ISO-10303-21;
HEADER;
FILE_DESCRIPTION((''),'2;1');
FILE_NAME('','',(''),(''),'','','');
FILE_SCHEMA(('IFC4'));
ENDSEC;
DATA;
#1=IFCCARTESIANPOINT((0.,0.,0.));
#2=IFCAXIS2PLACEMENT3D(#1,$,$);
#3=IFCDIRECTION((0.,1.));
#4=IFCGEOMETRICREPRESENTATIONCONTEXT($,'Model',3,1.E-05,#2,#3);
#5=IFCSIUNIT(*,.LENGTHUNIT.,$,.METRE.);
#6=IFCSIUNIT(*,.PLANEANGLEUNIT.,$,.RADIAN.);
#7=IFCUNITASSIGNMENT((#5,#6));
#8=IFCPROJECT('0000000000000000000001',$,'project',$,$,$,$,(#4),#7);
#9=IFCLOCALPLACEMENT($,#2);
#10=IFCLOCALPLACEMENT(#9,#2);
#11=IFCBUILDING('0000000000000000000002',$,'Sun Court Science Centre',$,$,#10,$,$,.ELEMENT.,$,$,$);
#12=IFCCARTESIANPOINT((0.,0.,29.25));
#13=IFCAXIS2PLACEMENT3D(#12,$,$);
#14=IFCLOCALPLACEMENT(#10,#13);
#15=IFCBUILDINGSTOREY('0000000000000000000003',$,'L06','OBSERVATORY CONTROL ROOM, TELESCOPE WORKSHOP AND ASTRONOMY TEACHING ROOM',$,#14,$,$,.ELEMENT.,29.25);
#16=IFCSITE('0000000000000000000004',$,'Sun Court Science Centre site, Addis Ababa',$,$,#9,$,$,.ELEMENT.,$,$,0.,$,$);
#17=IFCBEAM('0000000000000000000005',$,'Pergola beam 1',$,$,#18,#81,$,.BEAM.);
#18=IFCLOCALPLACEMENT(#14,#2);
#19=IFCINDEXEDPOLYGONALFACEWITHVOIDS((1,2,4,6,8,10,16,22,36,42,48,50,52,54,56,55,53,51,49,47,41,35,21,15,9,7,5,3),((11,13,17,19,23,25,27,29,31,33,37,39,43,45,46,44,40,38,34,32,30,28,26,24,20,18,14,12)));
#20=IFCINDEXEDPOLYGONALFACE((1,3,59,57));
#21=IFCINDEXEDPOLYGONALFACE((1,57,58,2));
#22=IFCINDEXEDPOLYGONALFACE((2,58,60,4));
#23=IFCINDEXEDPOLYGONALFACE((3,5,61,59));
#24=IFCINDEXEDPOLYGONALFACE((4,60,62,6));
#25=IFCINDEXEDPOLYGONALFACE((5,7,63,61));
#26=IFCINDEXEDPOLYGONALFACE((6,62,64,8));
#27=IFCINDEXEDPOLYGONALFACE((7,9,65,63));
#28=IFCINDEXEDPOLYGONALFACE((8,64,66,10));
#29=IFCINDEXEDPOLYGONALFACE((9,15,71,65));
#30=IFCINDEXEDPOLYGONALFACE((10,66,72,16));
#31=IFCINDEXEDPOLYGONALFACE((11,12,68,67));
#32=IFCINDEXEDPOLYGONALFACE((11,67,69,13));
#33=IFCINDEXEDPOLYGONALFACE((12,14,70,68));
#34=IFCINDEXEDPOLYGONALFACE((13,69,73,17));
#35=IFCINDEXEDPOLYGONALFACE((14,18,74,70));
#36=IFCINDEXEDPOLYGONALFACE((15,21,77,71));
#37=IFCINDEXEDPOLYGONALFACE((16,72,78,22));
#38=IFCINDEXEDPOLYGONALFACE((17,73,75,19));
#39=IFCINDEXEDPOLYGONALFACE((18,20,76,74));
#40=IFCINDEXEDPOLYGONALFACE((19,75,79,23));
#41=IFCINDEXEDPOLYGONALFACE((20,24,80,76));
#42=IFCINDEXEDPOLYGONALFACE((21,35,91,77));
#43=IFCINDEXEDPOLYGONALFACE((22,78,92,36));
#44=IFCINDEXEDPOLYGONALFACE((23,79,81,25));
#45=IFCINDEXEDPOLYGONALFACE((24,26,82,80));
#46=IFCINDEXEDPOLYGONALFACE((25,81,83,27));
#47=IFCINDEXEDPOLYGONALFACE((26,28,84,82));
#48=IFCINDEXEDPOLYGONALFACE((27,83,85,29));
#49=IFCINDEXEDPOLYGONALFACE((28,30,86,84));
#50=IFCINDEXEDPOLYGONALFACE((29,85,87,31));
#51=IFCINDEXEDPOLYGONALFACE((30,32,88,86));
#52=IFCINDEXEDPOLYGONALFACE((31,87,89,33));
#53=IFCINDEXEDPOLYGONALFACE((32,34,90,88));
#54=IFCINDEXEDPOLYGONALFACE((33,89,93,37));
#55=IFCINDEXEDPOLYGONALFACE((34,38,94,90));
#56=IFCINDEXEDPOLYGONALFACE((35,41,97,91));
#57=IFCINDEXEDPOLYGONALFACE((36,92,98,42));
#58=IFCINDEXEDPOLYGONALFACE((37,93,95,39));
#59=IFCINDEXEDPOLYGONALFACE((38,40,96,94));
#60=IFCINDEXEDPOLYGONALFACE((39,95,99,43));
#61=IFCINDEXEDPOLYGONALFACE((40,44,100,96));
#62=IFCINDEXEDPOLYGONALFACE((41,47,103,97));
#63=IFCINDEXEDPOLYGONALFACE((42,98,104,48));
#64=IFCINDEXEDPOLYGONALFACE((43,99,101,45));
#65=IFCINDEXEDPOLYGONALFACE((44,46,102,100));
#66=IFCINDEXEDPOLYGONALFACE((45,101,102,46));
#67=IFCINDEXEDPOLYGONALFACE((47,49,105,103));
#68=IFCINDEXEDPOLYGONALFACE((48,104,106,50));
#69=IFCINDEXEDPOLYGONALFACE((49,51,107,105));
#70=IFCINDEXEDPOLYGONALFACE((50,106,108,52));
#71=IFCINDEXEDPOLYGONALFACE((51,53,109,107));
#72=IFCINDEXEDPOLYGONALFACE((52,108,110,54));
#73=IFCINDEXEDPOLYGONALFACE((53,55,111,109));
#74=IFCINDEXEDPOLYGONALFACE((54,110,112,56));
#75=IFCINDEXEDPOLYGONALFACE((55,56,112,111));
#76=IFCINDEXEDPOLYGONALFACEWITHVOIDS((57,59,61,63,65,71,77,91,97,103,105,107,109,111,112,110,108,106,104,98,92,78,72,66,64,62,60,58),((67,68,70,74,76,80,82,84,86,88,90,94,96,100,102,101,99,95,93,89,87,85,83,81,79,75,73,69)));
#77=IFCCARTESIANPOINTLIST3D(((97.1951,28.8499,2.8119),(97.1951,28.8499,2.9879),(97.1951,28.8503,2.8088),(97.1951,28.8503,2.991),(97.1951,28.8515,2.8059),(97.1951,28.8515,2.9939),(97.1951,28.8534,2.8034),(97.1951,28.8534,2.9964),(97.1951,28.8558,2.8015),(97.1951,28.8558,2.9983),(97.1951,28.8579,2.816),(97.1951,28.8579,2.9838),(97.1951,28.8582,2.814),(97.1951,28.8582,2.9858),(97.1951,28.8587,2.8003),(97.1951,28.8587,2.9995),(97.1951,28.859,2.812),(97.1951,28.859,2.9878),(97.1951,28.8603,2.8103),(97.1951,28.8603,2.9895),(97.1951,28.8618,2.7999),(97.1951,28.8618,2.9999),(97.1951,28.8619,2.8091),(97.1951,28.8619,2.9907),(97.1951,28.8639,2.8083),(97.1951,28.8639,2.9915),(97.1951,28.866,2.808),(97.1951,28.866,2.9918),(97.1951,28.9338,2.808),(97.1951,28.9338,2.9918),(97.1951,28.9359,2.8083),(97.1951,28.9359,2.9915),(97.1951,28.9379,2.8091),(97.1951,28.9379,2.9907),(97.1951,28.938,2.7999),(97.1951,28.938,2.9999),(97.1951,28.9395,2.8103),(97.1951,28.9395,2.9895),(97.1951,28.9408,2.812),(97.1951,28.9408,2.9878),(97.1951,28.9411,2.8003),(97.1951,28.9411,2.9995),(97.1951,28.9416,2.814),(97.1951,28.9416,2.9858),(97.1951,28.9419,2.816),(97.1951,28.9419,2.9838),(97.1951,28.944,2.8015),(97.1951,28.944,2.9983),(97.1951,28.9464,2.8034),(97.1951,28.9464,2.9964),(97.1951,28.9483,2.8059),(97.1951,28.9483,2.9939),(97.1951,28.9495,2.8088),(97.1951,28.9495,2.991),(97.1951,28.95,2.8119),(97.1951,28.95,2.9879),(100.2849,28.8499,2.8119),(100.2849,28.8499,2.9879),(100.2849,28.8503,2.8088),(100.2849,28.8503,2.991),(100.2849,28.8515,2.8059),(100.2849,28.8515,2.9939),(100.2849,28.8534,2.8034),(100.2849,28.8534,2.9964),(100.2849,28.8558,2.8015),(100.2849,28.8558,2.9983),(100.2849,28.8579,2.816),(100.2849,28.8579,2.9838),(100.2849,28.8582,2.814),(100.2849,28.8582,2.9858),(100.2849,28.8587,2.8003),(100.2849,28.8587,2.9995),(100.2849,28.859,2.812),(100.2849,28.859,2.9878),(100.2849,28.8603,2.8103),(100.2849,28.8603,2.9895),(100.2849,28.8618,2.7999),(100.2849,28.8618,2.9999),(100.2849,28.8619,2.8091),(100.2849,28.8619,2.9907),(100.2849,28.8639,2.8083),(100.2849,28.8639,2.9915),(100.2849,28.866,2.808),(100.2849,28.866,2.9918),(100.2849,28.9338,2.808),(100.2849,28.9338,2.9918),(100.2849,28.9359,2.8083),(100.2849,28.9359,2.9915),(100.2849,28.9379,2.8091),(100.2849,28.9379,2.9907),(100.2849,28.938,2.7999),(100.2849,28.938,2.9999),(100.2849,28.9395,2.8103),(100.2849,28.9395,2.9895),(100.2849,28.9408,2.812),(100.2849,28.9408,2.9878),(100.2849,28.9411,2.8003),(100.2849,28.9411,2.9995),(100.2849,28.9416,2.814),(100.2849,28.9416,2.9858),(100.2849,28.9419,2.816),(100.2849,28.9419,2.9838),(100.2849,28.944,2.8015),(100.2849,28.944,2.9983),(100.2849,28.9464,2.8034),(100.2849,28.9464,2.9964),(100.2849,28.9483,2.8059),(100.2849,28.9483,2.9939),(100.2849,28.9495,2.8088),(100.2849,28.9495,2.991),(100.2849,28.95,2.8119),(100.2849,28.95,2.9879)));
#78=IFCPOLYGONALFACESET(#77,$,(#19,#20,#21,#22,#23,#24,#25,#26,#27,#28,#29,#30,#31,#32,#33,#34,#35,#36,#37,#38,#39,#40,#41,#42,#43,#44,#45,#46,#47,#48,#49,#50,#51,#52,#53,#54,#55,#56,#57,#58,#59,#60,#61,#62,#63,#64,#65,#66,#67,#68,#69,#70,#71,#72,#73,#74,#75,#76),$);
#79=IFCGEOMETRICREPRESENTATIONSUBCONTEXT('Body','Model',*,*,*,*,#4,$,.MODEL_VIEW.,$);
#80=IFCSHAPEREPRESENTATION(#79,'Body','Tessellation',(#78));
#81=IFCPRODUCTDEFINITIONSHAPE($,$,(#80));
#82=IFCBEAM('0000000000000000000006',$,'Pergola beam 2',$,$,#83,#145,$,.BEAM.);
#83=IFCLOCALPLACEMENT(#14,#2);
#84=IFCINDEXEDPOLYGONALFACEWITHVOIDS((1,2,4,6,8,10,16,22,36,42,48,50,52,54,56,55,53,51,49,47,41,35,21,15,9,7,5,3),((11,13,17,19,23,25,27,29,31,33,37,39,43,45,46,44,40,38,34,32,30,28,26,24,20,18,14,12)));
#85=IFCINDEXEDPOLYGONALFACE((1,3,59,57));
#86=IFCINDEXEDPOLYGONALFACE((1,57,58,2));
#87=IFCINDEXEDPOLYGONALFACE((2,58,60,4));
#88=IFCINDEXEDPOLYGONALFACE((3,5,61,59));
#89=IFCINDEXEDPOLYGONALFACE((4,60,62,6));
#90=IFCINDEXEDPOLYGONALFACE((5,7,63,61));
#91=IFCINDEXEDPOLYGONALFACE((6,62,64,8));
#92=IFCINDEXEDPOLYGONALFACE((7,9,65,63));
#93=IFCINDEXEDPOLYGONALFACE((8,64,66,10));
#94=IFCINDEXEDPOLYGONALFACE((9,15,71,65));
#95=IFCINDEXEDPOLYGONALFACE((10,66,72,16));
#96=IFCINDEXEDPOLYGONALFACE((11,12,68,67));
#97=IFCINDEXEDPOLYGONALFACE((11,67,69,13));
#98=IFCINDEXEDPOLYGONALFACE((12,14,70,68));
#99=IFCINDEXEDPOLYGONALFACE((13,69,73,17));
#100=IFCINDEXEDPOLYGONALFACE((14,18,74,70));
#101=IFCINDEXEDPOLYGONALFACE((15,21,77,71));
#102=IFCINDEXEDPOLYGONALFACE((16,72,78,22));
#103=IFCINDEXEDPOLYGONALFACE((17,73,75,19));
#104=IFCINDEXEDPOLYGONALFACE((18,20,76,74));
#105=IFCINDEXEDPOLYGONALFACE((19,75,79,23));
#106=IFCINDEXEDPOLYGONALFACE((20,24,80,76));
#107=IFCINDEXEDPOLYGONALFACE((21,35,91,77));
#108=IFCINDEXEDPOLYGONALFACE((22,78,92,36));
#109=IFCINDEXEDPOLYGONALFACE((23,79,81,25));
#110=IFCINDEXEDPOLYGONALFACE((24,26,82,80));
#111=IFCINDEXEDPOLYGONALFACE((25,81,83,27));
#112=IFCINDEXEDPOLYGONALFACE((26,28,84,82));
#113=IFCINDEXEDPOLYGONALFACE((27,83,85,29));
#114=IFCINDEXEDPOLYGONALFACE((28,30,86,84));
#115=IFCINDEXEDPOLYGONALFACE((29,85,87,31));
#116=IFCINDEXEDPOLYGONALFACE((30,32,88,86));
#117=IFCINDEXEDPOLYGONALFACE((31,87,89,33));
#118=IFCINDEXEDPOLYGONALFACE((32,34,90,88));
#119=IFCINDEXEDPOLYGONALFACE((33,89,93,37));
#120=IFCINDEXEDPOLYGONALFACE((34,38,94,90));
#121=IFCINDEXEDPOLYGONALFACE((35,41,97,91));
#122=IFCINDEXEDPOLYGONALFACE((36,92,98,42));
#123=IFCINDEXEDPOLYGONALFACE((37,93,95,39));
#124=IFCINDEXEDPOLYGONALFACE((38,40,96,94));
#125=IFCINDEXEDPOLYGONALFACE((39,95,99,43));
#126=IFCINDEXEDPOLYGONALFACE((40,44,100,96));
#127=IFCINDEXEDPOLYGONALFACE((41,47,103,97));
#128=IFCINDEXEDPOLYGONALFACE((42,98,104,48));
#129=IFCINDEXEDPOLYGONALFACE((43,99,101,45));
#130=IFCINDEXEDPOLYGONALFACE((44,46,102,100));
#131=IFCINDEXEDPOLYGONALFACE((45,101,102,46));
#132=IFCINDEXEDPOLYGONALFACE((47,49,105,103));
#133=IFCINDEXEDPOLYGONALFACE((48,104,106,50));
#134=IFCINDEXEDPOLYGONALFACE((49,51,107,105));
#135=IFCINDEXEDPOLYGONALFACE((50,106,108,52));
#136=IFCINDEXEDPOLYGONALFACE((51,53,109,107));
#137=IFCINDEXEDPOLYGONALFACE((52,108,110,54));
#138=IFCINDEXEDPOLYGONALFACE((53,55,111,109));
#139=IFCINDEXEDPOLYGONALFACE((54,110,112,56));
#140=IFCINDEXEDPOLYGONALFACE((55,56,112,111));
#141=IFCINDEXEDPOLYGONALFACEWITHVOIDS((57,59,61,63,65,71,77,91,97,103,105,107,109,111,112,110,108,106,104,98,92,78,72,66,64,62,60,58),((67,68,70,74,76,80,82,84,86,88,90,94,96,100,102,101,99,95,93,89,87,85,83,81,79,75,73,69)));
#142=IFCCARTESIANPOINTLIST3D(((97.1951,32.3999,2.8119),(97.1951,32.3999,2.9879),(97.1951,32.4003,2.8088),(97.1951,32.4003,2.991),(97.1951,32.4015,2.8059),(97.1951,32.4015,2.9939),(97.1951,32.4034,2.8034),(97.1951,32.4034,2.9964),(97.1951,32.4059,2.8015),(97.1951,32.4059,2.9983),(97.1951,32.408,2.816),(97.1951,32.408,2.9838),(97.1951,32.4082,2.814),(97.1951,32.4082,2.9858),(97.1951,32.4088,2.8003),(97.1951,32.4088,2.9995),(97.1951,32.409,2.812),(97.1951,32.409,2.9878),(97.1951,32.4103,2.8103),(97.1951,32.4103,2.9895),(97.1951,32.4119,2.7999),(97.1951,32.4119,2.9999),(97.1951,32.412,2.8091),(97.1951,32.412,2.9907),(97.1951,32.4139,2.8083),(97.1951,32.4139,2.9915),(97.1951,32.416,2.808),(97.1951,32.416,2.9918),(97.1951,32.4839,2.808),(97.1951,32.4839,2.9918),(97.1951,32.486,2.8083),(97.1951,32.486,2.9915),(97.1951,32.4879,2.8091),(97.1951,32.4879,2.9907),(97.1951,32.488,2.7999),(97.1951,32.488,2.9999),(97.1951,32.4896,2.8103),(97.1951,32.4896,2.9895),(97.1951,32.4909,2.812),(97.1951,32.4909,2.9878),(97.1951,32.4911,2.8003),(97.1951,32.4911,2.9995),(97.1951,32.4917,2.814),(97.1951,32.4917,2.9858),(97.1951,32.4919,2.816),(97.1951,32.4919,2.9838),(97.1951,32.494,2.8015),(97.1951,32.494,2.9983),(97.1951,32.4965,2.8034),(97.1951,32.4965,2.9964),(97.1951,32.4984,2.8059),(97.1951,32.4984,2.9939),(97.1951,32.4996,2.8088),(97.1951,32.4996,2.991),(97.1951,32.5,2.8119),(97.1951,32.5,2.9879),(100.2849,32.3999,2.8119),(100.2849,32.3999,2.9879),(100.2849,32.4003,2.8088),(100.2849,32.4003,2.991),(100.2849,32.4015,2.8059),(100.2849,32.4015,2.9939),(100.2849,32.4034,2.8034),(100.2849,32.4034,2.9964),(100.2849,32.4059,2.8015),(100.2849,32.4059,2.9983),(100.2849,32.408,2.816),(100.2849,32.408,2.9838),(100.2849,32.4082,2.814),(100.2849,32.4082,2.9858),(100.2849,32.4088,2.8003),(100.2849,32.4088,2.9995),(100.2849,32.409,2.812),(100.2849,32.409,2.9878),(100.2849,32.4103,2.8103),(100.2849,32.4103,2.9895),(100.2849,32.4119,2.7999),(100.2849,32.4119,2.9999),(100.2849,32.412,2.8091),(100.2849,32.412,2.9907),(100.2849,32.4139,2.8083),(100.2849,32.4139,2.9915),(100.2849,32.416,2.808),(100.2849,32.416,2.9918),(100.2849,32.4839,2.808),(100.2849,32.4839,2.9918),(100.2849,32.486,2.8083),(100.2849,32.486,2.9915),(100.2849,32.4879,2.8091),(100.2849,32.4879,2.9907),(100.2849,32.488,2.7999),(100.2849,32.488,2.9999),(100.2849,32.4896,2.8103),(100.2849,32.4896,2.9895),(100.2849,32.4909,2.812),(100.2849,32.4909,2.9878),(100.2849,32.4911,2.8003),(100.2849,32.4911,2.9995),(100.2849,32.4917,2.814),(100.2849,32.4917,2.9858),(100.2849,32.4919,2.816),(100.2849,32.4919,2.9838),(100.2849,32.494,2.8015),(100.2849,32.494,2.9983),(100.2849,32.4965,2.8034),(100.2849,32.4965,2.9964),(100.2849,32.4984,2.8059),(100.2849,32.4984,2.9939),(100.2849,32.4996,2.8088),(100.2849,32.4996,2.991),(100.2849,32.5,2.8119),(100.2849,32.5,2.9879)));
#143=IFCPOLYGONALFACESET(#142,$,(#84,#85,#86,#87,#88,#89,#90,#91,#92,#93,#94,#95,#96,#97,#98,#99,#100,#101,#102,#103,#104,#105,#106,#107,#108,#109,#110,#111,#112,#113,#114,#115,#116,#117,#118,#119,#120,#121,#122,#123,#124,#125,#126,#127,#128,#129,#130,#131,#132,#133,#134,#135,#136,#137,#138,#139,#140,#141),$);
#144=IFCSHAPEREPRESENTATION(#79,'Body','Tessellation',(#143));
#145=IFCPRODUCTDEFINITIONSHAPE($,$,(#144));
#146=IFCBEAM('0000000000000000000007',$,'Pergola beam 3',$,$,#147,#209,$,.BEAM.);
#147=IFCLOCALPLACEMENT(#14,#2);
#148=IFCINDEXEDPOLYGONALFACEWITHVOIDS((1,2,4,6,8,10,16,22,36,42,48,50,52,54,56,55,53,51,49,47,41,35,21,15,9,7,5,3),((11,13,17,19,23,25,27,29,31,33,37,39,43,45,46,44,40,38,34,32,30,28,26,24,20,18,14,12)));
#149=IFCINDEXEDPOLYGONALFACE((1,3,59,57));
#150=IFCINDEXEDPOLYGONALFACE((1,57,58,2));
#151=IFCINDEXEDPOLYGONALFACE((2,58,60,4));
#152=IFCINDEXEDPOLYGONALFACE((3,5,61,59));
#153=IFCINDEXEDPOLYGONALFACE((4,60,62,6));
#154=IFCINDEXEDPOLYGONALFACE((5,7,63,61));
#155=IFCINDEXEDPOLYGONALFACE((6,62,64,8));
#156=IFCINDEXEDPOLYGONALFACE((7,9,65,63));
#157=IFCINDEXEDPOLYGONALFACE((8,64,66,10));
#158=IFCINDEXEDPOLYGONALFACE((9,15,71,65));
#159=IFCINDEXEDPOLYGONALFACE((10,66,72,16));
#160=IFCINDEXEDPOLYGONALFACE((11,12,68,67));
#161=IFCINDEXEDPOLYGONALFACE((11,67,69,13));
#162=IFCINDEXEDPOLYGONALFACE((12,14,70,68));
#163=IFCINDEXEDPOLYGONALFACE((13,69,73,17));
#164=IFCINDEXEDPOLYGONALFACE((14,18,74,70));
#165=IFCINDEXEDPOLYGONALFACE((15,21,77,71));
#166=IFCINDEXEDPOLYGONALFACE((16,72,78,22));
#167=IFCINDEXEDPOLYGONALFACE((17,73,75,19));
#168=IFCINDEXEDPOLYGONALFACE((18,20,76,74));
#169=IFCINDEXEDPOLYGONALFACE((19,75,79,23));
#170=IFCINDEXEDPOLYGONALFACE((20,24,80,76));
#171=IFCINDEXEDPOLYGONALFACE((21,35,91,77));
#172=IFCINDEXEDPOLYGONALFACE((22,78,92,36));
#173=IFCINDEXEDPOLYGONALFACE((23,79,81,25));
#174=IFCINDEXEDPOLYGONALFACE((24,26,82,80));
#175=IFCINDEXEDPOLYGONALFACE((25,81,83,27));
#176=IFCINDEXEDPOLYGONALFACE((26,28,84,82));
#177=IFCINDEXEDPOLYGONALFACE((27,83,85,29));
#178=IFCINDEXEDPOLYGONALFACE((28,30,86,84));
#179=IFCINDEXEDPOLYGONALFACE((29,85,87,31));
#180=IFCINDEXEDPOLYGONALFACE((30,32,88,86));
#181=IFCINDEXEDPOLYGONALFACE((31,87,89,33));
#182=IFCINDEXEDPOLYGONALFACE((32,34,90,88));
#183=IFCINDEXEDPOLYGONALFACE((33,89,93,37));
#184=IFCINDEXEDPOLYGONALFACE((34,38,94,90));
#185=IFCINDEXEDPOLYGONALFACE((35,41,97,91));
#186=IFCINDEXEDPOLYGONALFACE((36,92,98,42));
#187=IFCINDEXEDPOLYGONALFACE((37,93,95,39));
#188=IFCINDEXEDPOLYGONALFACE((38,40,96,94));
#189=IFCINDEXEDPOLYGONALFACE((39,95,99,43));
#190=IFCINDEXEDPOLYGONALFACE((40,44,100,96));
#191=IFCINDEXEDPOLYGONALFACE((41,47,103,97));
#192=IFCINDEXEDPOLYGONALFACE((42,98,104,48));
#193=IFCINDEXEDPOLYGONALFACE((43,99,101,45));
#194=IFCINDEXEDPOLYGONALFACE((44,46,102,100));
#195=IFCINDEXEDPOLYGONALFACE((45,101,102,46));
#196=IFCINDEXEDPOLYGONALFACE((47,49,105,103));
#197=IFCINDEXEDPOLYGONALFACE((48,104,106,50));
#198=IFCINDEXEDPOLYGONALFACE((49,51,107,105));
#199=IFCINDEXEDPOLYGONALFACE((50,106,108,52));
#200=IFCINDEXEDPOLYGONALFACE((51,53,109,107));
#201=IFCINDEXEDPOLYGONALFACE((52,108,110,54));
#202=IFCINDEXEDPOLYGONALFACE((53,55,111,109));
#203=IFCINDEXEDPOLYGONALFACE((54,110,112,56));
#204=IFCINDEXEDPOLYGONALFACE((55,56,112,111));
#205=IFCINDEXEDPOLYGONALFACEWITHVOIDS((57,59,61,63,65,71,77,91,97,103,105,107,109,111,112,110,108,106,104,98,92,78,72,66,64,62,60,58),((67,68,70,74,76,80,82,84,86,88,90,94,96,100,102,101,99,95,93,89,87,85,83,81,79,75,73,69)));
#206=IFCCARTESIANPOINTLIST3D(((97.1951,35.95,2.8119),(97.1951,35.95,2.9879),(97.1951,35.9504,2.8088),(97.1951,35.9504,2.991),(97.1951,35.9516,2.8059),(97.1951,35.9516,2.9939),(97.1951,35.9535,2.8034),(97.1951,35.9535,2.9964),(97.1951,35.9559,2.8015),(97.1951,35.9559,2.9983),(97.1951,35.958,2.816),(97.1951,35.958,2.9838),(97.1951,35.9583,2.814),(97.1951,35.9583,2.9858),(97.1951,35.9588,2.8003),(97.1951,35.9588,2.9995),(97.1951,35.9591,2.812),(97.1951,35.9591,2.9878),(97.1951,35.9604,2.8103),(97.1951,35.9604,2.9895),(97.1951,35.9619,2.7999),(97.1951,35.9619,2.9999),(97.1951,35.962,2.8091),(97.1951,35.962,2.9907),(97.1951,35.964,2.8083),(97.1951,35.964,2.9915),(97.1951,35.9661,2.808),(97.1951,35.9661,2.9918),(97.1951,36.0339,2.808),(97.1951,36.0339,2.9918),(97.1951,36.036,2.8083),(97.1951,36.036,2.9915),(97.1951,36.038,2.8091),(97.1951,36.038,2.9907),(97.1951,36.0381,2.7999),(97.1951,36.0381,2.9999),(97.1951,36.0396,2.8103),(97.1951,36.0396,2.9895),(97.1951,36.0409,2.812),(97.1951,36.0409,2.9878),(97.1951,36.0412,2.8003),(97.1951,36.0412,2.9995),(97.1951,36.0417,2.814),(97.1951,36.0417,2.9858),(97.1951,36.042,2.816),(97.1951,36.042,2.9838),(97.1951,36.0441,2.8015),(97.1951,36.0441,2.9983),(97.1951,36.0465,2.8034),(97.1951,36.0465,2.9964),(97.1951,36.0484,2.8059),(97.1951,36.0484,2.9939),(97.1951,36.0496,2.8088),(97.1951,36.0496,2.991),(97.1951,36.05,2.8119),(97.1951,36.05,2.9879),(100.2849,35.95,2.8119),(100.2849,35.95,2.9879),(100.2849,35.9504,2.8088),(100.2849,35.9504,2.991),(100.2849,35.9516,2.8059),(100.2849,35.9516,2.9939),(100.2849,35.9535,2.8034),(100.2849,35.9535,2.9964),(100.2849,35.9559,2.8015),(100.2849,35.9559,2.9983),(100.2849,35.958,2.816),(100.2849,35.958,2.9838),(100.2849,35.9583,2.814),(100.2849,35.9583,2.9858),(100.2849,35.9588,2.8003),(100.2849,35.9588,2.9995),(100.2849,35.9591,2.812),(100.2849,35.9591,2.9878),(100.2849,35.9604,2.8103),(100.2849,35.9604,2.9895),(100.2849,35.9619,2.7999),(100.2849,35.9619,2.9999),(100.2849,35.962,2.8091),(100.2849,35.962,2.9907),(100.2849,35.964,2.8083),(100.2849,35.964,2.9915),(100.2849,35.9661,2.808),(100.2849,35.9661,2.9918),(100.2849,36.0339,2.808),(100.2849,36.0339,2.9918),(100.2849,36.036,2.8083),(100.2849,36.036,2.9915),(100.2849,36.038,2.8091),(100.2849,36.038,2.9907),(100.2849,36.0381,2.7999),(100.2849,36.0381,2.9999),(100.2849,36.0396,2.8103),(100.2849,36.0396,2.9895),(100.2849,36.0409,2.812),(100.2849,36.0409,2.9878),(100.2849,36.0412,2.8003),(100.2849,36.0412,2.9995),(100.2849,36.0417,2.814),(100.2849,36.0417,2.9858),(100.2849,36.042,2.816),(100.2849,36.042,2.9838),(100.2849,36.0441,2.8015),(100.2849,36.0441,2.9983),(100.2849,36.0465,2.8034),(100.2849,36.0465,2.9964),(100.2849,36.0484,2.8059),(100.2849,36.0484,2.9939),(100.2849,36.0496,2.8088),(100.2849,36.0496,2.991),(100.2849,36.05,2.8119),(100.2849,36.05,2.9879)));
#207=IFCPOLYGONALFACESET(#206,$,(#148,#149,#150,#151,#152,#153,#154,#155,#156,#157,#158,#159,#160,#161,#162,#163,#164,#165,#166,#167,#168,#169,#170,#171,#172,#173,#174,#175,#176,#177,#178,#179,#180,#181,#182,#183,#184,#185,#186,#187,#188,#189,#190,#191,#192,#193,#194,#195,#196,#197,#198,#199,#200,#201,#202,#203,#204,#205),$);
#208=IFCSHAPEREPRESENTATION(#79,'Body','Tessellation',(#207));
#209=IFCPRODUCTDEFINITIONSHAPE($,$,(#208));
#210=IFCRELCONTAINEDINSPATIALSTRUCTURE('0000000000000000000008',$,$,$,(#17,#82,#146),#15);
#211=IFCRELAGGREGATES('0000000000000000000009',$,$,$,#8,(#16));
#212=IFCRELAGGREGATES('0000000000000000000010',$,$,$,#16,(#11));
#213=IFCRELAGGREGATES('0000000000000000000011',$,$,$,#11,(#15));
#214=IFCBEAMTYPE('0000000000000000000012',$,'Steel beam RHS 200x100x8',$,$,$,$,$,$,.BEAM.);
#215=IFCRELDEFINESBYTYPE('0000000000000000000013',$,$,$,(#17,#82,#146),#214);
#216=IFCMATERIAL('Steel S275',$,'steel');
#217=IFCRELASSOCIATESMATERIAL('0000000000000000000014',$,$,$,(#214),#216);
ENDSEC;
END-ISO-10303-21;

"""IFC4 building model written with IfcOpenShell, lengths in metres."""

from ifc_helpers import new_model, si_unit, direction, frame, origin, origin_2d, place, context, subcontext, project, spatial, hollow_rectangle, extrude, material, material_profile, profile_set, type_object, element, save


model = new_model("IFC4")

# Units and contexts
model_context = context("Model", 3, precision=1e-05, world=origin(), true_north=direction((0.0, 1.0)))
body_context = subcontext(model_context, "Body", "Model", "MODEL_VIEW")
ifc_project = project(units=[si_unit("LENGTHUNIT", "METRE"), si_unit("PLANEANGLEUNIT", "RADIAN")], contexts=[model_context])

# Site, building, storey
site_placement = place(None, origin())
site = spatial("IfcSite", under=ifc_project, at=site_placement, Name="Sun Court Science Centre site, Addis Ababa", CompositionType="ELEMENT", RefElevation=0.0)
building_placement = place(site_placement, origin())
building = spatial("IfcBuilding", under=site, at=building_placement, Name="Sun Court Science Centre", CompositionType="ELEMENT")
storey_placement = place(building_placement, frame((0.0, 0.0, 29.25)))
storey = spatial("IfcBuildingStorey", under=building, at=storey_placement, Name="L06", Description="OBSERVATORY CONTROL ROOM, TELESCOPE WORKSHOP AND ASTRONOMY TEACHING ROOM", CompositionType="ELEMENT", Elevation=29.25)

# Beams
ifc_material_1 = material(Name="Steel S275", Category="steel")
ifc_material_profile_1 = material_profile(ifc_material_1, hollow_rectangle(XDim=0.1001, YDim=0.2, WallThickness=0.0081, InnerFilletRadius=0.0081, OuterFilletRadius=0.012, at=origin_2d()), Name="RHS 200x100x8")
ifc_profile_set_1 = profile_set([ifc_material_profile_1], Name="Steel S275")
beam_type_1 = type_object("IfcBeamType", Name="Steel beam RHS 200x100x8", PredefinedType="BEAM", material=ifc_profile_set_1)
for number, where, z_axis, x_axis, name in (
    (1, (97.1951, 28.8999, 2.8999), (1.0, 0.0, 0.0), (0.0, 1.0, 0.0), "Pergola beam 1"),
    (2, (97.1951, 32.45, 2.8999), (1.0, 0.0, 0.0), (0.0, 1.0, 0.0), "Pergola beam 2"),
    (3, (97.1951, 36.0, 2.8999), (1.0, 0.0, 0.0), (0.0, 1.0, 0.0), "Pergola beam 3"),
):
    element("IfcBeam", number, at=place(storey_placement, frame(where, z_axis=z_axis, x_axis=x_axis)), inside=storey, type_object=beam_type_1, Name=name, PredefinedType="BEAM", context=body_context, shape_type="SweptSolid", body=[
        extrude(hollow_rectangle(XDim=0.1001, YDim=0.2, WallThickness=0.0081, InnerFilletRadius=0.0081, OuterFilletRadius=0.012, at=origin_2d()), origin(), (0.0, 0.0, 1.0), 3.0898),
    ])

save(model, "model.ifc")
